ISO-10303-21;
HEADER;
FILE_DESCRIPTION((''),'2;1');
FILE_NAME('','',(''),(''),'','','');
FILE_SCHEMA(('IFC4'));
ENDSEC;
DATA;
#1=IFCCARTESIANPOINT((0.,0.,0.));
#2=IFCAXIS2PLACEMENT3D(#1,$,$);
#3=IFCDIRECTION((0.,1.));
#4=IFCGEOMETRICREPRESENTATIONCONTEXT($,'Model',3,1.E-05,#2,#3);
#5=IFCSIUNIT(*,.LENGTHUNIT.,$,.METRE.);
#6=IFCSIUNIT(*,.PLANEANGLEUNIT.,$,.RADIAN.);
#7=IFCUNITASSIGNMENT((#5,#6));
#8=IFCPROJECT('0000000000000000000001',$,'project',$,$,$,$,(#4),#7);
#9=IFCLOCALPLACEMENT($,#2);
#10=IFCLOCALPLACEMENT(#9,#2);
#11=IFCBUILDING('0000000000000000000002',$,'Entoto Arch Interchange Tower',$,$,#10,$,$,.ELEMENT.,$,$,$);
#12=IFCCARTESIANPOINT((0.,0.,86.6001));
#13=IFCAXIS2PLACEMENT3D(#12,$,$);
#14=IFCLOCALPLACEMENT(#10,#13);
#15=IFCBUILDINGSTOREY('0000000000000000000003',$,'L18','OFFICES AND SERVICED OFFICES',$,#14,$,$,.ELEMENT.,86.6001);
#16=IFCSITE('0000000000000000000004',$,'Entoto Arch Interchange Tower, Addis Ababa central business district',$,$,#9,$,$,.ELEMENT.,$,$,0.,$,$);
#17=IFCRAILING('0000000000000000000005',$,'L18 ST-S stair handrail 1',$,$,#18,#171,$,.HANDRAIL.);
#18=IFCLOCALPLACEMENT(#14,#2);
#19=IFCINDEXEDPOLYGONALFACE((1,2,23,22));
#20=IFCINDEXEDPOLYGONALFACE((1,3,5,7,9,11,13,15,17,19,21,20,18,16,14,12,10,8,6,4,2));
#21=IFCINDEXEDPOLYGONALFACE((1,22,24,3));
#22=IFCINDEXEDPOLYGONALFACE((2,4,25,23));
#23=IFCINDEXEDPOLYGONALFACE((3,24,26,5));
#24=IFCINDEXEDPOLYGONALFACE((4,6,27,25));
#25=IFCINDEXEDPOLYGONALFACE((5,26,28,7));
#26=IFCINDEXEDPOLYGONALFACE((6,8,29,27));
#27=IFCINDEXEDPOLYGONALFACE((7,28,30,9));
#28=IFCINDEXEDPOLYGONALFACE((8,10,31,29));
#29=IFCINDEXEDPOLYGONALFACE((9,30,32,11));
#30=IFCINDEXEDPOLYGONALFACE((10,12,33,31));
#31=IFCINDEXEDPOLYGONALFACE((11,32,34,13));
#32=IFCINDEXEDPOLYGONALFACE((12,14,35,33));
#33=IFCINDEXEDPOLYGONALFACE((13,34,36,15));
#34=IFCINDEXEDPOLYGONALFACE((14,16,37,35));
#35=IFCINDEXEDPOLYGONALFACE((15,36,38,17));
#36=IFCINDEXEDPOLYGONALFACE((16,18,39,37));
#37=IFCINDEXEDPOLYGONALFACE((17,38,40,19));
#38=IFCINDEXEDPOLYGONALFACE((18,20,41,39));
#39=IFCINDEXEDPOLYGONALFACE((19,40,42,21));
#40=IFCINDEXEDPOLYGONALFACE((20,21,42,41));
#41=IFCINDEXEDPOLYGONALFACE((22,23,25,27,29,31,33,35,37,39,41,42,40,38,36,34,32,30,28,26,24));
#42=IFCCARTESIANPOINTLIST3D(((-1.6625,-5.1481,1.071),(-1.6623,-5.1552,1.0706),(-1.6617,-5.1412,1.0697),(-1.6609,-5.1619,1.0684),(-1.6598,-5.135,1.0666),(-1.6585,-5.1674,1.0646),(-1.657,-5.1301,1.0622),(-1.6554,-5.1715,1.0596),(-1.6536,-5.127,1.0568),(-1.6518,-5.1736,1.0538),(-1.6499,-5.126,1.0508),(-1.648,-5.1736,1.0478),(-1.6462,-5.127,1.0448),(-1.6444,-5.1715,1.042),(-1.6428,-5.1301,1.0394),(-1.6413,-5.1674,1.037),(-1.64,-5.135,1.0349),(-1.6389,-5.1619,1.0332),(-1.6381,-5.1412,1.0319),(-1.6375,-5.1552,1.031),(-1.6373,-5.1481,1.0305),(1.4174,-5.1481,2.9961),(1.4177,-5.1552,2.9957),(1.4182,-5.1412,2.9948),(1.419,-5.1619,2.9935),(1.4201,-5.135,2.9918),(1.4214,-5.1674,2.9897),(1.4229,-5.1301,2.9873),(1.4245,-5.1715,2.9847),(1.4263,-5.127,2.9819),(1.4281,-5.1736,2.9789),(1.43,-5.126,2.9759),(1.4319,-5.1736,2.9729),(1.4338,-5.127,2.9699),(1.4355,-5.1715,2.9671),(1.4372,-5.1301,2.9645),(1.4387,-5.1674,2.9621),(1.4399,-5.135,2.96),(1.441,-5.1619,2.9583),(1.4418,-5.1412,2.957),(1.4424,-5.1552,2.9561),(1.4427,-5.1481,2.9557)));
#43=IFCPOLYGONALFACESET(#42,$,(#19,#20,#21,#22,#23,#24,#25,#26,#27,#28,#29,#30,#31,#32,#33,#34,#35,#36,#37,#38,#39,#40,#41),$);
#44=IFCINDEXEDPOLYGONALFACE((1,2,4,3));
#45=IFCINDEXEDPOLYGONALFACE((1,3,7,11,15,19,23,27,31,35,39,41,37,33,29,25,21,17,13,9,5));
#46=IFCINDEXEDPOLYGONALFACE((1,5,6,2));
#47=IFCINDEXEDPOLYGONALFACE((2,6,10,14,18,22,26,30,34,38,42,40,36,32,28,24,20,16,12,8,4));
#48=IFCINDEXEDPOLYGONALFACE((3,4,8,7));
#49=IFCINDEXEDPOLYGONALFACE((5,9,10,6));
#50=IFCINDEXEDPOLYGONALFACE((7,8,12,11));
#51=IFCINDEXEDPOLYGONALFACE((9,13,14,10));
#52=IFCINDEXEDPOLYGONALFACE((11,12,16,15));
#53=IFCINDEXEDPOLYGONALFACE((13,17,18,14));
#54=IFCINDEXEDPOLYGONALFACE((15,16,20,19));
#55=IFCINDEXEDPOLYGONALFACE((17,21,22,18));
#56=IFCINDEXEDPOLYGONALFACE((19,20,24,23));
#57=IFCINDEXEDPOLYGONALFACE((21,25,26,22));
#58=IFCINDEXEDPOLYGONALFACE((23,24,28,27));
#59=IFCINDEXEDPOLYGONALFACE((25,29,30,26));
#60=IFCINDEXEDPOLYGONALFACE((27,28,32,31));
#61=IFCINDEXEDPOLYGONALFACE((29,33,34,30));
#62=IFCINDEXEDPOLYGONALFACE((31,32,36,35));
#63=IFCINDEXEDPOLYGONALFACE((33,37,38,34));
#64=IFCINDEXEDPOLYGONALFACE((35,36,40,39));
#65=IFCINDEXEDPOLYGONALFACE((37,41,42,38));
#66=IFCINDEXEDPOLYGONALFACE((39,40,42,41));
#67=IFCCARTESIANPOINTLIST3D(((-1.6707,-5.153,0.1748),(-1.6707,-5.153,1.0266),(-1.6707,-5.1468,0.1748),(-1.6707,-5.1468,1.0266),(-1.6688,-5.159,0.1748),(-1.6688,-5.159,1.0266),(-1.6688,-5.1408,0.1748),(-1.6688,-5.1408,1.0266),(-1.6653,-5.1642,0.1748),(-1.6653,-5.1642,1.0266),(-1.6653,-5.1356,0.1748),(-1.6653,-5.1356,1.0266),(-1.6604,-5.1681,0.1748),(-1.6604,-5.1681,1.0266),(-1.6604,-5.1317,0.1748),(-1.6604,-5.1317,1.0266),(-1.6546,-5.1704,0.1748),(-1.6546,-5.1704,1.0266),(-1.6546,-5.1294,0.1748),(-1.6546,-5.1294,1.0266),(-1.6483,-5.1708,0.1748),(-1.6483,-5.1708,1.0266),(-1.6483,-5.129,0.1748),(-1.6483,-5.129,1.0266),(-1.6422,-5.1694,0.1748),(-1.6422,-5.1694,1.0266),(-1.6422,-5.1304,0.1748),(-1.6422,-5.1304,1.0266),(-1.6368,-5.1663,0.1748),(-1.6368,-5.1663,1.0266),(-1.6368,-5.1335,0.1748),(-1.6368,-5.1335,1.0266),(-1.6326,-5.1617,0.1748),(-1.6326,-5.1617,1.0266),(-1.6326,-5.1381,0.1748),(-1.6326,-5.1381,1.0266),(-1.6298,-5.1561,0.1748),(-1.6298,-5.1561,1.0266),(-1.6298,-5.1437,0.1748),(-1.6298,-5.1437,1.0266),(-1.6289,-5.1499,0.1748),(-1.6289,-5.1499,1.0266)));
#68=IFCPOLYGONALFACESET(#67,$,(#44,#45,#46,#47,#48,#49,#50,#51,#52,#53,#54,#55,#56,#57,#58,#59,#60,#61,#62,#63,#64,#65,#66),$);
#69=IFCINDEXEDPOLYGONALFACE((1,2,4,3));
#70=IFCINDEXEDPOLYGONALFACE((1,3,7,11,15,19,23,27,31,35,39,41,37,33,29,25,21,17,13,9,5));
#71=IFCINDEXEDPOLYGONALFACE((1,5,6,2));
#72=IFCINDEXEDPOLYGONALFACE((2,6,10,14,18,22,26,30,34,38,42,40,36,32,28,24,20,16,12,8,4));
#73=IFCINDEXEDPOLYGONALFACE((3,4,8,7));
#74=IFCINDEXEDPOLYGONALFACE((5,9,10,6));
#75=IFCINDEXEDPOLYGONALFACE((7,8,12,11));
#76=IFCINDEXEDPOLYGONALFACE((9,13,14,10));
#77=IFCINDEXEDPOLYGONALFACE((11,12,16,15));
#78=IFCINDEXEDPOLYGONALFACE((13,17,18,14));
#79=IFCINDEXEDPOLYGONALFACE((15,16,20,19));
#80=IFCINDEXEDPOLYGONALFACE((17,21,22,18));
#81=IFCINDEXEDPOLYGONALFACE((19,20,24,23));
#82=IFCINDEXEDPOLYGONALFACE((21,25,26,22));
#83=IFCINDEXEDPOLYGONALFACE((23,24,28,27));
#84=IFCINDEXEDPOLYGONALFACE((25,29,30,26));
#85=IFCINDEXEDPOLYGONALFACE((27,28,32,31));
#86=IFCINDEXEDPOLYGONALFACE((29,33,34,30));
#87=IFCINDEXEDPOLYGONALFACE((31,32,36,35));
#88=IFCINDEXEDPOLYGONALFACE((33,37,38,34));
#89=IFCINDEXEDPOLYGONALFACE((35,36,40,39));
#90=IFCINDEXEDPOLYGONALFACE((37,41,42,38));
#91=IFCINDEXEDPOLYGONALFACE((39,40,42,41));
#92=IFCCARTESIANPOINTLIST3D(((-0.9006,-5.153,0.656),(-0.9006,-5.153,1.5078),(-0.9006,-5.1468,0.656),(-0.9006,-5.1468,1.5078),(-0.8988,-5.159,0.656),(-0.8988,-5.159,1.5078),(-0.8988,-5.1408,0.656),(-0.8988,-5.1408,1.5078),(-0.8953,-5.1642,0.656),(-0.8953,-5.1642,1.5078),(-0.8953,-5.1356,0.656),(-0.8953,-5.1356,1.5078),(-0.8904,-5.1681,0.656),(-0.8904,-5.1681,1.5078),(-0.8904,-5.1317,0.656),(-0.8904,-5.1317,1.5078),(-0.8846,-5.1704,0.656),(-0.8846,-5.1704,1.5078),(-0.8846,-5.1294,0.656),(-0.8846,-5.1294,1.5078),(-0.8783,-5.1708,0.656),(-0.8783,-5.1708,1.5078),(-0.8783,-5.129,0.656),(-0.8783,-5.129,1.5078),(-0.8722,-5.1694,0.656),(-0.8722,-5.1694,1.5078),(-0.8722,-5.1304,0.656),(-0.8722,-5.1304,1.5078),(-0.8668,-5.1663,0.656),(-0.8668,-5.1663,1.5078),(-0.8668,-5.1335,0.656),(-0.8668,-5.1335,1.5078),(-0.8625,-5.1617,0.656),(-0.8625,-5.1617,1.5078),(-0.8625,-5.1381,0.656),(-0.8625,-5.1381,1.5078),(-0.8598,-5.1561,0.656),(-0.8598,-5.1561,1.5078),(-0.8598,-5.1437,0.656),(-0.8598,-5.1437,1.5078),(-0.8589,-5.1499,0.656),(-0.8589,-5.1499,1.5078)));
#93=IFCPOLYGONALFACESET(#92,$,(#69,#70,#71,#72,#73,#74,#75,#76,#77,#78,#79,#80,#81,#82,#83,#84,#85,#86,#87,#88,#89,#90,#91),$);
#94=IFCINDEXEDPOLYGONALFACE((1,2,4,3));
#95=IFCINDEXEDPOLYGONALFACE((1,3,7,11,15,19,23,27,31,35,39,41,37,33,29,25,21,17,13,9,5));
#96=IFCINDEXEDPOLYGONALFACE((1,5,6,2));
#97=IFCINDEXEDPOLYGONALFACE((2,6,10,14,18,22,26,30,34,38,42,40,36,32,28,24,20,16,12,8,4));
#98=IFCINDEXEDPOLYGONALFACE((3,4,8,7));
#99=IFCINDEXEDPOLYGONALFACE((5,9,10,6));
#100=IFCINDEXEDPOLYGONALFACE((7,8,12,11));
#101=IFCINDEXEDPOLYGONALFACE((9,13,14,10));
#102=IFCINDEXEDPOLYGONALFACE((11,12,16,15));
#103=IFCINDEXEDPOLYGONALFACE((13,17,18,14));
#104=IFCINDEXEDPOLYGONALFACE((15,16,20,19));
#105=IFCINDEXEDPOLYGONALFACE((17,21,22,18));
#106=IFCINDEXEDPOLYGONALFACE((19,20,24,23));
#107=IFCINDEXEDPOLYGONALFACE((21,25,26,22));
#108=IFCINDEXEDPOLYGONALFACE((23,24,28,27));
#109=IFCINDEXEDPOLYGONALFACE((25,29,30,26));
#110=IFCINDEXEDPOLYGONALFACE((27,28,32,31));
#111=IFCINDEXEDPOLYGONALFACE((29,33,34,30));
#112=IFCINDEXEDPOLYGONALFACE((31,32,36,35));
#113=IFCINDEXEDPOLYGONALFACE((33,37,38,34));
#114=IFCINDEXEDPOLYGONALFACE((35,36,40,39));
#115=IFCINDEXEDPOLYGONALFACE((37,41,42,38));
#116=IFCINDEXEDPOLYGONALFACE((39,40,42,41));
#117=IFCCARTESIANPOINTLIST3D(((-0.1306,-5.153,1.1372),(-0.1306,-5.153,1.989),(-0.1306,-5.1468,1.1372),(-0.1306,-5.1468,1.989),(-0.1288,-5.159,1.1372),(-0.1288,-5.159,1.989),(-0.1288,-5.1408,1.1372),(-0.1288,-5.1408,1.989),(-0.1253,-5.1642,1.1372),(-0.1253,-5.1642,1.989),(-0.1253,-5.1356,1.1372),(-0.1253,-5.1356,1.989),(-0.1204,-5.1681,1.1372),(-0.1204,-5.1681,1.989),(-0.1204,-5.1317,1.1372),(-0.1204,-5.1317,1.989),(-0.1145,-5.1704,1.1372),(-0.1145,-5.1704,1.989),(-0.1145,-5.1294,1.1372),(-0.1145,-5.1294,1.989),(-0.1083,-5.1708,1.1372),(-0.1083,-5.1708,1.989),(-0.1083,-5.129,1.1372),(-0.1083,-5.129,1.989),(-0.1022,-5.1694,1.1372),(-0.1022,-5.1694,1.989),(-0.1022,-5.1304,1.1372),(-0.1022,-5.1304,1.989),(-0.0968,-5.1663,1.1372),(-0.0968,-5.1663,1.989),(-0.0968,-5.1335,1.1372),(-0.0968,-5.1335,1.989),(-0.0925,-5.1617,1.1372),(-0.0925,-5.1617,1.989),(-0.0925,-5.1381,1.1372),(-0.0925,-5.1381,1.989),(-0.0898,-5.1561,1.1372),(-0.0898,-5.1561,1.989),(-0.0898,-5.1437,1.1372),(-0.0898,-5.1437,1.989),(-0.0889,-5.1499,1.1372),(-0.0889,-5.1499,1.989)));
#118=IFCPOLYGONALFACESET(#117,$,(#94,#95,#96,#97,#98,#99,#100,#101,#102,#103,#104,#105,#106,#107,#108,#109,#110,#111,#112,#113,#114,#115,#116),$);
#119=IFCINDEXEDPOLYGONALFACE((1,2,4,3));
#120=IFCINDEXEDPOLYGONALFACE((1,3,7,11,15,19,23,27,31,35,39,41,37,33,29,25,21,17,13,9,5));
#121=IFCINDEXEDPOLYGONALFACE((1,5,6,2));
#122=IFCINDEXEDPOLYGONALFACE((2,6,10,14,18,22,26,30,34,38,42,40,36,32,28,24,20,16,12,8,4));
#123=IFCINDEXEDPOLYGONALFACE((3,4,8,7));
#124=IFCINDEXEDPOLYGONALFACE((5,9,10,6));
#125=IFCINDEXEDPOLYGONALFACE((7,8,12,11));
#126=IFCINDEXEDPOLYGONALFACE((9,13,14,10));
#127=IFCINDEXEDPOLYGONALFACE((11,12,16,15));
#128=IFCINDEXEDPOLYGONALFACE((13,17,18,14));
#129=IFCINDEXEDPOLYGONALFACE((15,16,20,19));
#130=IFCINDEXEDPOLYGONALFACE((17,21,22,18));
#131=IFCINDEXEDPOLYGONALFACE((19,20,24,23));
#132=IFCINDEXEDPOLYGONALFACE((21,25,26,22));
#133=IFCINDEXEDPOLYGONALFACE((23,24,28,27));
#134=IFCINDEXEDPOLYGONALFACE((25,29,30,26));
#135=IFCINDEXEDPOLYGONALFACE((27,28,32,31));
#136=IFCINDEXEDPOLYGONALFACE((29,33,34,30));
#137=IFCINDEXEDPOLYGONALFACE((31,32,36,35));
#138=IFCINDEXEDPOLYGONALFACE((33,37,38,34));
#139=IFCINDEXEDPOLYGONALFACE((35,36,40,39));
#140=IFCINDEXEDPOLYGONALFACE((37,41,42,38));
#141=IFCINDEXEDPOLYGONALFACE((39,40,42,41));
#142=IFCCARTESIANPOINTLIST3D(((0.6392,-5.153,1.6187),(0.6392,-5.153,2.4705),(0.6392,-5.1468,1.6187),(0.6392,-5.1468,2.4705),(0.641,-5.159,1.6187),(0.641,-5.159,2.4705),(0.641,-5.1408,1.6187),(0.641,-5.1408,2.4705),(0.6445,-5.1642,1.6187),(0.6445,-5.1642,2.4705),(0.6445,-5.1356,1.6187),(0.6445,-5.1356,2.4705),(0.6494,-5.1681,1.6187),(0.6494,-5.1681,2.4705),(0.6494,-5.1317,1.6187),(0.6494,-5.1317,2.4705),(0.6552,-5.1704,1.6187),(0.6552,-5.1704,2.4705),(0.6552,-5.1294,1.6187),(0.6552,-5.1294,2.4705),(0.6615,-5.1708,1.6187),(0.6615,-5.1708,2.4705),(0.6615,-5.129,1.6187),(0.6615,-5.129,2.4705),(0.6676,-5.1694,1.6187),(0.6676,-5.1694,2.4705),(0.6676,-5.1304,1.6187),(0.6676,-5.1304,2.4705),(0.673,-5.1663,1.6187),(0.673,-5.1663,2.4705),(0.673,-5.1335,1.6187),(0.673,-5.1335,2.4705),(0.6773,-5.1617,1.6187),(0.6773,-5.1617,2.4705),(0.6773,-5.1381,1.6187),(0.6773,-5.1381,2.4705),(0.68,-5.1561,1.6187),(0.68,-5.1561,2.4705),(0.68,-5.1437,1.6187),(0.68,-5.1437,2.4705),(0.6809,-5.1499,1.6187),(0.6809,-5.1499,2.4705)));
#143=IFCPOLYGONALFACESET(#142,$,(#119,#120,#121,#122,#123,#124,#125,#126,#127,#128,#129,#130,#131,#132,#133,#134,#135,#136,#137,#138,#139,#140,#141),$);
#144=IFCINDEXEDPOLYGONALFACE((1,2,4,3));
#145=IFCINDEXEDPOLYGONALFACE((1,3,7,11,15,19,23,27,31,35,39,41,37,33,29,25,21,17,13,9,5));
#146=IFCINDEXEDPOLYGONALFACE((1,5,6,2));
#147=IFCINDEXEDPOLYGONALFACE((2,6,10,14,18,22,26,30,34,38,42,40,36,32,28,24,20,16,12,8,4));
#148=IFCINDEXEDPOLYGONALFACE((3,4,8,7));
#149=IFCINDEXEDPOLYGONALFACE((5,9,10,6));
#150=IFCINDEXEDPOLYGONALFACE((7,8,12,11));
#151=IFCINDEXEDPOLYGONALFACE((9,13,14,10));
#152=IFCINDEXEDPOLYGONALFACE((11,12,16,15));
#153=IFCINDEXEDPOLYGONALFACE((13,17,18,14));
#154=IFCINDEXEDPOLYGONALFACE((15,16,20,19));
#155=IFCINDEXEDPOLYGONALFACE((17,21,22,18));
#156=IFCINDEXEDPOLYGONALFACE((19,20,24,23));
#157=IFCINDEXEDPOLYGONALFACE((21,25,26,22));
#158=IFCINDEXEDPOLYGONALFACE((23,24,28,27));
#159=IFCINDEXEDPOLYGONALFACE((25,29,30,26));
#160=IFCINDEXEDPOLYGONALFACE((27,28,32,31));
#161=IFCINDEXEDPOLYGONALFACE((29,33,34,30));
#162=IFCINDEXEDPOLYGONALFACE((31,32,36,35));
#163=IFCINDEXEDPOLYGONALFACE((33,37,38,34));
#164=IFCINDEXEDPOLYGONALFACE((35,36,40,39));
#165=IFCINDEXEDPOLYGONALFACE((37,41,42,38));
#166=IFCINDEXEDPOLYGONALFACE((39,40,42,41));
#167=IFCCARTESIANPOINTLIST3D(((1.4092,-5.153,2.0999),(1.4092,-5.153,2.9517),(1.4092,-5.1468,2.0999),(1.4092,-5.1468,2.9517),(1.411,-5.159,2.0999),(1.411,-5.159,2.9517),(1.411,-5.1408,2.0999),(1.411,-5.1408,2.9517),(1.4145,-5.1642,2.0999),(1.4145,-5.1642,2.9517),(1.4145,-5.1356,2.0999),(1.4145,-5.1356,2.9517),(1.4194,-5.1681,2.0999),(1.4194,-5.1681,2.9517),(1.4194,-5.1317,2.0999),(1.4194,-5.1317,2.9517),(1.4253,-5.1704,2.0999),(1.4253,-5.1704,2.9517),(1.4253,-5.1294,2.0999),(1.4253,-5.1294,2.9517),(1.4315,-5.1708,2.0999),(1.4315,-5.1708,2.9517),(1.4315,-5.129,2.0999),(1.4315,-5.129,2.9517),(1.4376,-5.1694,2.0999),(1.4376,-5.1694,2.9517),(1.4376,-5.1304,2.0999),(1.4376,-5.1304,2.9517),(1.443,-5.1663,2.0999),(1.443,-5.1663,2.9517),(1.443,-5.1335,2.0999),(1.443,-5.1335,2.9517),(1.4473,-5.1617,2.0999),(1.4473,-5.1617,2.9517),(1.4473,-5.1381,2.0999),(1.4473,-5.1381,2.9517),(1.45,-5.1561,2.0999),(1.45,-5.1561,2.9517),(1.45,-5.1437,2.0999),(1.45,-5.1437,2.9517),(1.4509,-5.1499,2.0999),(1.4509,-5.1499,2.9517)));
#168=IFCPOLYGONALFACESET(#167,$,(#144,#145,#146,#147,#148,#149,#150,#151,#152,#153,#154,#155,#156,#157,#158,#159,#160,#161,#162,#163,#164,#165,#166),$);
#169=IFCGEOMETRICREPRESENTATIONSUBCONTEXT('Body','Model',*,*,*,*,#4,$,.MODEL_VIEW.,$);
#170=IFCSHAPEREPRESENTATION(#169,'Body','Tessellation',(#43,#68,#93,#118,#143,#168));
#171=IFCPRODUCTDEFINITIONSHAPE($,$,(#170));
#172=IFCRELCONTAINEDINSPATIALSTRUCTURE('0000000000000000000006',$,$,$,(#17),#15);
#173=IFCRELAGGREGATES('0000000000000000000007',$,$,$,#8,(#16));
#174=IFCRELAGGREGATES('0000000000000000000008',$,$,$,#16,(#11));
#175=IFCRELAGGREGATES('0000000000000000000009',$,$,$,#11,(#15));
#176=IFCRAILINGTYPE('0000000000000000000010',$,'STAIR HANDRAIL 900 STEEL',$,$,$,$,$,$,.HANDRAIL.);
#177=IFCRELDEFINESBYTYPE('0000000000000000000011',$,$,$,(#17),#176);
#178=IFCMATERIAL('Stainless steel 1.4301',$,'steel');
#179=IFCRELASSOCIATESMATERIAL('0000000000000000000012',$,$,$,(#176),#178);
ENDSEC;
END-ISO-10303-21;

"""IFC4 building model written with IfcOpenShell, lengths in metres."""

from ifc_helpers import new_model, si_unit, direction, frame, origin, origin_2d, place, context, subcontext, project, spatial, circle, extrude, material, type_object, element, save


model = new_model("IFC4")

# Units and contexts
model_context = context("Model", 3, precision=1e-05, world=origin(), true_north=direction((0.0, 1.0)))
body_context = subcontext(model_context, "Body", "Model", "MODEL_VIEW")
ifc_project = project(units=[si_unit("LENGTHUNIT", "METRE"), si_unit("PLANEANGLEUNIT", "RADIAN")], contexts=[model_context])

# Site, building, storey
site_placement = place(None, origin())
site = spatial("IfcSite", under=ifc_project, at=site_placement, Name="Entoto Arch Interchange Tower, Addis Ababa central business district", CompositionType="ELEMENT", RefElevation=0.0)
building_placement = place(site_placement, origin())
building = spatial("IfcBuilding", under=site, at=building_placement, Name="Entoto Arch Interchange Tower", CompositionType="ELEMENT")
storey_placement = place(building_placement, frame((0.0, 0.0, 86.6001)))
storey = spatial("IfcBuildingStorey", under=building, at=storey_placement, Name="L18", Description="OFFICES AND SERVICED OFFICES", CompositionType="ELEMENT", Elevation=86.6001)

# Railing
ifc_material_1 = material(Name="Stainless steel 1.4301", Category="steel")
railing_type_1 = type_object("IfcRailingType", Name="STAIR HANDRAIL 900 STEEL", PredefinedType="HANDRAIL", material=ifc_material_1)
railing_1_placement = place(storey_placement, frame((-1.6499, -5.1499, 0.1748)))
element("IfcRailing", 1, at=railing_1_placement, inside=storey, type_object=railing_type_1, Name="L18 ST-S stair handrail 1", PredefinedType="HANDRAIL", context=body_context, shape_type="SweptSolid", body=[
    extrude(circle(Radius=0.0239, at=origin_2d()), frame((0.0, 0.0, 0.876), z_axis=(0.847979, 0.0, 0.530029), x_axis=(0.0, 1.0, 0.0)), (0.0, 0.0, 1.0), 3.6321),
    extrude(circle(Radius=0.021, at=origin_2d()), origin(), (0.0, 0.0, 1.0), 0.8518),
    extrude(circle(Radius=0.021, at=origin_2d()), frame((0.77, 0.0, 0.4812)), (0.0, 0.0, 1.0), 0.8518),
    extrude(circle(Radius=0.021, at=origin_2d()), frame((1.54, 0.0, 0.9624)), (0.0, 0.0, 1.0), 0.8518),
    extrude(circle(Radius=0.021, at=origin_2d()), frame((2.3098, 0.0, 1.4438)), (0.0, 0.0, 1.0), 0.8518),
    extrude(circle(Radius=0.021, at=origin_2d()), frame((3.0798, 0.0, 1.925)), (0.0, 0.0, 1.0), 0.8518),
])

save(model, "model.ifc")
